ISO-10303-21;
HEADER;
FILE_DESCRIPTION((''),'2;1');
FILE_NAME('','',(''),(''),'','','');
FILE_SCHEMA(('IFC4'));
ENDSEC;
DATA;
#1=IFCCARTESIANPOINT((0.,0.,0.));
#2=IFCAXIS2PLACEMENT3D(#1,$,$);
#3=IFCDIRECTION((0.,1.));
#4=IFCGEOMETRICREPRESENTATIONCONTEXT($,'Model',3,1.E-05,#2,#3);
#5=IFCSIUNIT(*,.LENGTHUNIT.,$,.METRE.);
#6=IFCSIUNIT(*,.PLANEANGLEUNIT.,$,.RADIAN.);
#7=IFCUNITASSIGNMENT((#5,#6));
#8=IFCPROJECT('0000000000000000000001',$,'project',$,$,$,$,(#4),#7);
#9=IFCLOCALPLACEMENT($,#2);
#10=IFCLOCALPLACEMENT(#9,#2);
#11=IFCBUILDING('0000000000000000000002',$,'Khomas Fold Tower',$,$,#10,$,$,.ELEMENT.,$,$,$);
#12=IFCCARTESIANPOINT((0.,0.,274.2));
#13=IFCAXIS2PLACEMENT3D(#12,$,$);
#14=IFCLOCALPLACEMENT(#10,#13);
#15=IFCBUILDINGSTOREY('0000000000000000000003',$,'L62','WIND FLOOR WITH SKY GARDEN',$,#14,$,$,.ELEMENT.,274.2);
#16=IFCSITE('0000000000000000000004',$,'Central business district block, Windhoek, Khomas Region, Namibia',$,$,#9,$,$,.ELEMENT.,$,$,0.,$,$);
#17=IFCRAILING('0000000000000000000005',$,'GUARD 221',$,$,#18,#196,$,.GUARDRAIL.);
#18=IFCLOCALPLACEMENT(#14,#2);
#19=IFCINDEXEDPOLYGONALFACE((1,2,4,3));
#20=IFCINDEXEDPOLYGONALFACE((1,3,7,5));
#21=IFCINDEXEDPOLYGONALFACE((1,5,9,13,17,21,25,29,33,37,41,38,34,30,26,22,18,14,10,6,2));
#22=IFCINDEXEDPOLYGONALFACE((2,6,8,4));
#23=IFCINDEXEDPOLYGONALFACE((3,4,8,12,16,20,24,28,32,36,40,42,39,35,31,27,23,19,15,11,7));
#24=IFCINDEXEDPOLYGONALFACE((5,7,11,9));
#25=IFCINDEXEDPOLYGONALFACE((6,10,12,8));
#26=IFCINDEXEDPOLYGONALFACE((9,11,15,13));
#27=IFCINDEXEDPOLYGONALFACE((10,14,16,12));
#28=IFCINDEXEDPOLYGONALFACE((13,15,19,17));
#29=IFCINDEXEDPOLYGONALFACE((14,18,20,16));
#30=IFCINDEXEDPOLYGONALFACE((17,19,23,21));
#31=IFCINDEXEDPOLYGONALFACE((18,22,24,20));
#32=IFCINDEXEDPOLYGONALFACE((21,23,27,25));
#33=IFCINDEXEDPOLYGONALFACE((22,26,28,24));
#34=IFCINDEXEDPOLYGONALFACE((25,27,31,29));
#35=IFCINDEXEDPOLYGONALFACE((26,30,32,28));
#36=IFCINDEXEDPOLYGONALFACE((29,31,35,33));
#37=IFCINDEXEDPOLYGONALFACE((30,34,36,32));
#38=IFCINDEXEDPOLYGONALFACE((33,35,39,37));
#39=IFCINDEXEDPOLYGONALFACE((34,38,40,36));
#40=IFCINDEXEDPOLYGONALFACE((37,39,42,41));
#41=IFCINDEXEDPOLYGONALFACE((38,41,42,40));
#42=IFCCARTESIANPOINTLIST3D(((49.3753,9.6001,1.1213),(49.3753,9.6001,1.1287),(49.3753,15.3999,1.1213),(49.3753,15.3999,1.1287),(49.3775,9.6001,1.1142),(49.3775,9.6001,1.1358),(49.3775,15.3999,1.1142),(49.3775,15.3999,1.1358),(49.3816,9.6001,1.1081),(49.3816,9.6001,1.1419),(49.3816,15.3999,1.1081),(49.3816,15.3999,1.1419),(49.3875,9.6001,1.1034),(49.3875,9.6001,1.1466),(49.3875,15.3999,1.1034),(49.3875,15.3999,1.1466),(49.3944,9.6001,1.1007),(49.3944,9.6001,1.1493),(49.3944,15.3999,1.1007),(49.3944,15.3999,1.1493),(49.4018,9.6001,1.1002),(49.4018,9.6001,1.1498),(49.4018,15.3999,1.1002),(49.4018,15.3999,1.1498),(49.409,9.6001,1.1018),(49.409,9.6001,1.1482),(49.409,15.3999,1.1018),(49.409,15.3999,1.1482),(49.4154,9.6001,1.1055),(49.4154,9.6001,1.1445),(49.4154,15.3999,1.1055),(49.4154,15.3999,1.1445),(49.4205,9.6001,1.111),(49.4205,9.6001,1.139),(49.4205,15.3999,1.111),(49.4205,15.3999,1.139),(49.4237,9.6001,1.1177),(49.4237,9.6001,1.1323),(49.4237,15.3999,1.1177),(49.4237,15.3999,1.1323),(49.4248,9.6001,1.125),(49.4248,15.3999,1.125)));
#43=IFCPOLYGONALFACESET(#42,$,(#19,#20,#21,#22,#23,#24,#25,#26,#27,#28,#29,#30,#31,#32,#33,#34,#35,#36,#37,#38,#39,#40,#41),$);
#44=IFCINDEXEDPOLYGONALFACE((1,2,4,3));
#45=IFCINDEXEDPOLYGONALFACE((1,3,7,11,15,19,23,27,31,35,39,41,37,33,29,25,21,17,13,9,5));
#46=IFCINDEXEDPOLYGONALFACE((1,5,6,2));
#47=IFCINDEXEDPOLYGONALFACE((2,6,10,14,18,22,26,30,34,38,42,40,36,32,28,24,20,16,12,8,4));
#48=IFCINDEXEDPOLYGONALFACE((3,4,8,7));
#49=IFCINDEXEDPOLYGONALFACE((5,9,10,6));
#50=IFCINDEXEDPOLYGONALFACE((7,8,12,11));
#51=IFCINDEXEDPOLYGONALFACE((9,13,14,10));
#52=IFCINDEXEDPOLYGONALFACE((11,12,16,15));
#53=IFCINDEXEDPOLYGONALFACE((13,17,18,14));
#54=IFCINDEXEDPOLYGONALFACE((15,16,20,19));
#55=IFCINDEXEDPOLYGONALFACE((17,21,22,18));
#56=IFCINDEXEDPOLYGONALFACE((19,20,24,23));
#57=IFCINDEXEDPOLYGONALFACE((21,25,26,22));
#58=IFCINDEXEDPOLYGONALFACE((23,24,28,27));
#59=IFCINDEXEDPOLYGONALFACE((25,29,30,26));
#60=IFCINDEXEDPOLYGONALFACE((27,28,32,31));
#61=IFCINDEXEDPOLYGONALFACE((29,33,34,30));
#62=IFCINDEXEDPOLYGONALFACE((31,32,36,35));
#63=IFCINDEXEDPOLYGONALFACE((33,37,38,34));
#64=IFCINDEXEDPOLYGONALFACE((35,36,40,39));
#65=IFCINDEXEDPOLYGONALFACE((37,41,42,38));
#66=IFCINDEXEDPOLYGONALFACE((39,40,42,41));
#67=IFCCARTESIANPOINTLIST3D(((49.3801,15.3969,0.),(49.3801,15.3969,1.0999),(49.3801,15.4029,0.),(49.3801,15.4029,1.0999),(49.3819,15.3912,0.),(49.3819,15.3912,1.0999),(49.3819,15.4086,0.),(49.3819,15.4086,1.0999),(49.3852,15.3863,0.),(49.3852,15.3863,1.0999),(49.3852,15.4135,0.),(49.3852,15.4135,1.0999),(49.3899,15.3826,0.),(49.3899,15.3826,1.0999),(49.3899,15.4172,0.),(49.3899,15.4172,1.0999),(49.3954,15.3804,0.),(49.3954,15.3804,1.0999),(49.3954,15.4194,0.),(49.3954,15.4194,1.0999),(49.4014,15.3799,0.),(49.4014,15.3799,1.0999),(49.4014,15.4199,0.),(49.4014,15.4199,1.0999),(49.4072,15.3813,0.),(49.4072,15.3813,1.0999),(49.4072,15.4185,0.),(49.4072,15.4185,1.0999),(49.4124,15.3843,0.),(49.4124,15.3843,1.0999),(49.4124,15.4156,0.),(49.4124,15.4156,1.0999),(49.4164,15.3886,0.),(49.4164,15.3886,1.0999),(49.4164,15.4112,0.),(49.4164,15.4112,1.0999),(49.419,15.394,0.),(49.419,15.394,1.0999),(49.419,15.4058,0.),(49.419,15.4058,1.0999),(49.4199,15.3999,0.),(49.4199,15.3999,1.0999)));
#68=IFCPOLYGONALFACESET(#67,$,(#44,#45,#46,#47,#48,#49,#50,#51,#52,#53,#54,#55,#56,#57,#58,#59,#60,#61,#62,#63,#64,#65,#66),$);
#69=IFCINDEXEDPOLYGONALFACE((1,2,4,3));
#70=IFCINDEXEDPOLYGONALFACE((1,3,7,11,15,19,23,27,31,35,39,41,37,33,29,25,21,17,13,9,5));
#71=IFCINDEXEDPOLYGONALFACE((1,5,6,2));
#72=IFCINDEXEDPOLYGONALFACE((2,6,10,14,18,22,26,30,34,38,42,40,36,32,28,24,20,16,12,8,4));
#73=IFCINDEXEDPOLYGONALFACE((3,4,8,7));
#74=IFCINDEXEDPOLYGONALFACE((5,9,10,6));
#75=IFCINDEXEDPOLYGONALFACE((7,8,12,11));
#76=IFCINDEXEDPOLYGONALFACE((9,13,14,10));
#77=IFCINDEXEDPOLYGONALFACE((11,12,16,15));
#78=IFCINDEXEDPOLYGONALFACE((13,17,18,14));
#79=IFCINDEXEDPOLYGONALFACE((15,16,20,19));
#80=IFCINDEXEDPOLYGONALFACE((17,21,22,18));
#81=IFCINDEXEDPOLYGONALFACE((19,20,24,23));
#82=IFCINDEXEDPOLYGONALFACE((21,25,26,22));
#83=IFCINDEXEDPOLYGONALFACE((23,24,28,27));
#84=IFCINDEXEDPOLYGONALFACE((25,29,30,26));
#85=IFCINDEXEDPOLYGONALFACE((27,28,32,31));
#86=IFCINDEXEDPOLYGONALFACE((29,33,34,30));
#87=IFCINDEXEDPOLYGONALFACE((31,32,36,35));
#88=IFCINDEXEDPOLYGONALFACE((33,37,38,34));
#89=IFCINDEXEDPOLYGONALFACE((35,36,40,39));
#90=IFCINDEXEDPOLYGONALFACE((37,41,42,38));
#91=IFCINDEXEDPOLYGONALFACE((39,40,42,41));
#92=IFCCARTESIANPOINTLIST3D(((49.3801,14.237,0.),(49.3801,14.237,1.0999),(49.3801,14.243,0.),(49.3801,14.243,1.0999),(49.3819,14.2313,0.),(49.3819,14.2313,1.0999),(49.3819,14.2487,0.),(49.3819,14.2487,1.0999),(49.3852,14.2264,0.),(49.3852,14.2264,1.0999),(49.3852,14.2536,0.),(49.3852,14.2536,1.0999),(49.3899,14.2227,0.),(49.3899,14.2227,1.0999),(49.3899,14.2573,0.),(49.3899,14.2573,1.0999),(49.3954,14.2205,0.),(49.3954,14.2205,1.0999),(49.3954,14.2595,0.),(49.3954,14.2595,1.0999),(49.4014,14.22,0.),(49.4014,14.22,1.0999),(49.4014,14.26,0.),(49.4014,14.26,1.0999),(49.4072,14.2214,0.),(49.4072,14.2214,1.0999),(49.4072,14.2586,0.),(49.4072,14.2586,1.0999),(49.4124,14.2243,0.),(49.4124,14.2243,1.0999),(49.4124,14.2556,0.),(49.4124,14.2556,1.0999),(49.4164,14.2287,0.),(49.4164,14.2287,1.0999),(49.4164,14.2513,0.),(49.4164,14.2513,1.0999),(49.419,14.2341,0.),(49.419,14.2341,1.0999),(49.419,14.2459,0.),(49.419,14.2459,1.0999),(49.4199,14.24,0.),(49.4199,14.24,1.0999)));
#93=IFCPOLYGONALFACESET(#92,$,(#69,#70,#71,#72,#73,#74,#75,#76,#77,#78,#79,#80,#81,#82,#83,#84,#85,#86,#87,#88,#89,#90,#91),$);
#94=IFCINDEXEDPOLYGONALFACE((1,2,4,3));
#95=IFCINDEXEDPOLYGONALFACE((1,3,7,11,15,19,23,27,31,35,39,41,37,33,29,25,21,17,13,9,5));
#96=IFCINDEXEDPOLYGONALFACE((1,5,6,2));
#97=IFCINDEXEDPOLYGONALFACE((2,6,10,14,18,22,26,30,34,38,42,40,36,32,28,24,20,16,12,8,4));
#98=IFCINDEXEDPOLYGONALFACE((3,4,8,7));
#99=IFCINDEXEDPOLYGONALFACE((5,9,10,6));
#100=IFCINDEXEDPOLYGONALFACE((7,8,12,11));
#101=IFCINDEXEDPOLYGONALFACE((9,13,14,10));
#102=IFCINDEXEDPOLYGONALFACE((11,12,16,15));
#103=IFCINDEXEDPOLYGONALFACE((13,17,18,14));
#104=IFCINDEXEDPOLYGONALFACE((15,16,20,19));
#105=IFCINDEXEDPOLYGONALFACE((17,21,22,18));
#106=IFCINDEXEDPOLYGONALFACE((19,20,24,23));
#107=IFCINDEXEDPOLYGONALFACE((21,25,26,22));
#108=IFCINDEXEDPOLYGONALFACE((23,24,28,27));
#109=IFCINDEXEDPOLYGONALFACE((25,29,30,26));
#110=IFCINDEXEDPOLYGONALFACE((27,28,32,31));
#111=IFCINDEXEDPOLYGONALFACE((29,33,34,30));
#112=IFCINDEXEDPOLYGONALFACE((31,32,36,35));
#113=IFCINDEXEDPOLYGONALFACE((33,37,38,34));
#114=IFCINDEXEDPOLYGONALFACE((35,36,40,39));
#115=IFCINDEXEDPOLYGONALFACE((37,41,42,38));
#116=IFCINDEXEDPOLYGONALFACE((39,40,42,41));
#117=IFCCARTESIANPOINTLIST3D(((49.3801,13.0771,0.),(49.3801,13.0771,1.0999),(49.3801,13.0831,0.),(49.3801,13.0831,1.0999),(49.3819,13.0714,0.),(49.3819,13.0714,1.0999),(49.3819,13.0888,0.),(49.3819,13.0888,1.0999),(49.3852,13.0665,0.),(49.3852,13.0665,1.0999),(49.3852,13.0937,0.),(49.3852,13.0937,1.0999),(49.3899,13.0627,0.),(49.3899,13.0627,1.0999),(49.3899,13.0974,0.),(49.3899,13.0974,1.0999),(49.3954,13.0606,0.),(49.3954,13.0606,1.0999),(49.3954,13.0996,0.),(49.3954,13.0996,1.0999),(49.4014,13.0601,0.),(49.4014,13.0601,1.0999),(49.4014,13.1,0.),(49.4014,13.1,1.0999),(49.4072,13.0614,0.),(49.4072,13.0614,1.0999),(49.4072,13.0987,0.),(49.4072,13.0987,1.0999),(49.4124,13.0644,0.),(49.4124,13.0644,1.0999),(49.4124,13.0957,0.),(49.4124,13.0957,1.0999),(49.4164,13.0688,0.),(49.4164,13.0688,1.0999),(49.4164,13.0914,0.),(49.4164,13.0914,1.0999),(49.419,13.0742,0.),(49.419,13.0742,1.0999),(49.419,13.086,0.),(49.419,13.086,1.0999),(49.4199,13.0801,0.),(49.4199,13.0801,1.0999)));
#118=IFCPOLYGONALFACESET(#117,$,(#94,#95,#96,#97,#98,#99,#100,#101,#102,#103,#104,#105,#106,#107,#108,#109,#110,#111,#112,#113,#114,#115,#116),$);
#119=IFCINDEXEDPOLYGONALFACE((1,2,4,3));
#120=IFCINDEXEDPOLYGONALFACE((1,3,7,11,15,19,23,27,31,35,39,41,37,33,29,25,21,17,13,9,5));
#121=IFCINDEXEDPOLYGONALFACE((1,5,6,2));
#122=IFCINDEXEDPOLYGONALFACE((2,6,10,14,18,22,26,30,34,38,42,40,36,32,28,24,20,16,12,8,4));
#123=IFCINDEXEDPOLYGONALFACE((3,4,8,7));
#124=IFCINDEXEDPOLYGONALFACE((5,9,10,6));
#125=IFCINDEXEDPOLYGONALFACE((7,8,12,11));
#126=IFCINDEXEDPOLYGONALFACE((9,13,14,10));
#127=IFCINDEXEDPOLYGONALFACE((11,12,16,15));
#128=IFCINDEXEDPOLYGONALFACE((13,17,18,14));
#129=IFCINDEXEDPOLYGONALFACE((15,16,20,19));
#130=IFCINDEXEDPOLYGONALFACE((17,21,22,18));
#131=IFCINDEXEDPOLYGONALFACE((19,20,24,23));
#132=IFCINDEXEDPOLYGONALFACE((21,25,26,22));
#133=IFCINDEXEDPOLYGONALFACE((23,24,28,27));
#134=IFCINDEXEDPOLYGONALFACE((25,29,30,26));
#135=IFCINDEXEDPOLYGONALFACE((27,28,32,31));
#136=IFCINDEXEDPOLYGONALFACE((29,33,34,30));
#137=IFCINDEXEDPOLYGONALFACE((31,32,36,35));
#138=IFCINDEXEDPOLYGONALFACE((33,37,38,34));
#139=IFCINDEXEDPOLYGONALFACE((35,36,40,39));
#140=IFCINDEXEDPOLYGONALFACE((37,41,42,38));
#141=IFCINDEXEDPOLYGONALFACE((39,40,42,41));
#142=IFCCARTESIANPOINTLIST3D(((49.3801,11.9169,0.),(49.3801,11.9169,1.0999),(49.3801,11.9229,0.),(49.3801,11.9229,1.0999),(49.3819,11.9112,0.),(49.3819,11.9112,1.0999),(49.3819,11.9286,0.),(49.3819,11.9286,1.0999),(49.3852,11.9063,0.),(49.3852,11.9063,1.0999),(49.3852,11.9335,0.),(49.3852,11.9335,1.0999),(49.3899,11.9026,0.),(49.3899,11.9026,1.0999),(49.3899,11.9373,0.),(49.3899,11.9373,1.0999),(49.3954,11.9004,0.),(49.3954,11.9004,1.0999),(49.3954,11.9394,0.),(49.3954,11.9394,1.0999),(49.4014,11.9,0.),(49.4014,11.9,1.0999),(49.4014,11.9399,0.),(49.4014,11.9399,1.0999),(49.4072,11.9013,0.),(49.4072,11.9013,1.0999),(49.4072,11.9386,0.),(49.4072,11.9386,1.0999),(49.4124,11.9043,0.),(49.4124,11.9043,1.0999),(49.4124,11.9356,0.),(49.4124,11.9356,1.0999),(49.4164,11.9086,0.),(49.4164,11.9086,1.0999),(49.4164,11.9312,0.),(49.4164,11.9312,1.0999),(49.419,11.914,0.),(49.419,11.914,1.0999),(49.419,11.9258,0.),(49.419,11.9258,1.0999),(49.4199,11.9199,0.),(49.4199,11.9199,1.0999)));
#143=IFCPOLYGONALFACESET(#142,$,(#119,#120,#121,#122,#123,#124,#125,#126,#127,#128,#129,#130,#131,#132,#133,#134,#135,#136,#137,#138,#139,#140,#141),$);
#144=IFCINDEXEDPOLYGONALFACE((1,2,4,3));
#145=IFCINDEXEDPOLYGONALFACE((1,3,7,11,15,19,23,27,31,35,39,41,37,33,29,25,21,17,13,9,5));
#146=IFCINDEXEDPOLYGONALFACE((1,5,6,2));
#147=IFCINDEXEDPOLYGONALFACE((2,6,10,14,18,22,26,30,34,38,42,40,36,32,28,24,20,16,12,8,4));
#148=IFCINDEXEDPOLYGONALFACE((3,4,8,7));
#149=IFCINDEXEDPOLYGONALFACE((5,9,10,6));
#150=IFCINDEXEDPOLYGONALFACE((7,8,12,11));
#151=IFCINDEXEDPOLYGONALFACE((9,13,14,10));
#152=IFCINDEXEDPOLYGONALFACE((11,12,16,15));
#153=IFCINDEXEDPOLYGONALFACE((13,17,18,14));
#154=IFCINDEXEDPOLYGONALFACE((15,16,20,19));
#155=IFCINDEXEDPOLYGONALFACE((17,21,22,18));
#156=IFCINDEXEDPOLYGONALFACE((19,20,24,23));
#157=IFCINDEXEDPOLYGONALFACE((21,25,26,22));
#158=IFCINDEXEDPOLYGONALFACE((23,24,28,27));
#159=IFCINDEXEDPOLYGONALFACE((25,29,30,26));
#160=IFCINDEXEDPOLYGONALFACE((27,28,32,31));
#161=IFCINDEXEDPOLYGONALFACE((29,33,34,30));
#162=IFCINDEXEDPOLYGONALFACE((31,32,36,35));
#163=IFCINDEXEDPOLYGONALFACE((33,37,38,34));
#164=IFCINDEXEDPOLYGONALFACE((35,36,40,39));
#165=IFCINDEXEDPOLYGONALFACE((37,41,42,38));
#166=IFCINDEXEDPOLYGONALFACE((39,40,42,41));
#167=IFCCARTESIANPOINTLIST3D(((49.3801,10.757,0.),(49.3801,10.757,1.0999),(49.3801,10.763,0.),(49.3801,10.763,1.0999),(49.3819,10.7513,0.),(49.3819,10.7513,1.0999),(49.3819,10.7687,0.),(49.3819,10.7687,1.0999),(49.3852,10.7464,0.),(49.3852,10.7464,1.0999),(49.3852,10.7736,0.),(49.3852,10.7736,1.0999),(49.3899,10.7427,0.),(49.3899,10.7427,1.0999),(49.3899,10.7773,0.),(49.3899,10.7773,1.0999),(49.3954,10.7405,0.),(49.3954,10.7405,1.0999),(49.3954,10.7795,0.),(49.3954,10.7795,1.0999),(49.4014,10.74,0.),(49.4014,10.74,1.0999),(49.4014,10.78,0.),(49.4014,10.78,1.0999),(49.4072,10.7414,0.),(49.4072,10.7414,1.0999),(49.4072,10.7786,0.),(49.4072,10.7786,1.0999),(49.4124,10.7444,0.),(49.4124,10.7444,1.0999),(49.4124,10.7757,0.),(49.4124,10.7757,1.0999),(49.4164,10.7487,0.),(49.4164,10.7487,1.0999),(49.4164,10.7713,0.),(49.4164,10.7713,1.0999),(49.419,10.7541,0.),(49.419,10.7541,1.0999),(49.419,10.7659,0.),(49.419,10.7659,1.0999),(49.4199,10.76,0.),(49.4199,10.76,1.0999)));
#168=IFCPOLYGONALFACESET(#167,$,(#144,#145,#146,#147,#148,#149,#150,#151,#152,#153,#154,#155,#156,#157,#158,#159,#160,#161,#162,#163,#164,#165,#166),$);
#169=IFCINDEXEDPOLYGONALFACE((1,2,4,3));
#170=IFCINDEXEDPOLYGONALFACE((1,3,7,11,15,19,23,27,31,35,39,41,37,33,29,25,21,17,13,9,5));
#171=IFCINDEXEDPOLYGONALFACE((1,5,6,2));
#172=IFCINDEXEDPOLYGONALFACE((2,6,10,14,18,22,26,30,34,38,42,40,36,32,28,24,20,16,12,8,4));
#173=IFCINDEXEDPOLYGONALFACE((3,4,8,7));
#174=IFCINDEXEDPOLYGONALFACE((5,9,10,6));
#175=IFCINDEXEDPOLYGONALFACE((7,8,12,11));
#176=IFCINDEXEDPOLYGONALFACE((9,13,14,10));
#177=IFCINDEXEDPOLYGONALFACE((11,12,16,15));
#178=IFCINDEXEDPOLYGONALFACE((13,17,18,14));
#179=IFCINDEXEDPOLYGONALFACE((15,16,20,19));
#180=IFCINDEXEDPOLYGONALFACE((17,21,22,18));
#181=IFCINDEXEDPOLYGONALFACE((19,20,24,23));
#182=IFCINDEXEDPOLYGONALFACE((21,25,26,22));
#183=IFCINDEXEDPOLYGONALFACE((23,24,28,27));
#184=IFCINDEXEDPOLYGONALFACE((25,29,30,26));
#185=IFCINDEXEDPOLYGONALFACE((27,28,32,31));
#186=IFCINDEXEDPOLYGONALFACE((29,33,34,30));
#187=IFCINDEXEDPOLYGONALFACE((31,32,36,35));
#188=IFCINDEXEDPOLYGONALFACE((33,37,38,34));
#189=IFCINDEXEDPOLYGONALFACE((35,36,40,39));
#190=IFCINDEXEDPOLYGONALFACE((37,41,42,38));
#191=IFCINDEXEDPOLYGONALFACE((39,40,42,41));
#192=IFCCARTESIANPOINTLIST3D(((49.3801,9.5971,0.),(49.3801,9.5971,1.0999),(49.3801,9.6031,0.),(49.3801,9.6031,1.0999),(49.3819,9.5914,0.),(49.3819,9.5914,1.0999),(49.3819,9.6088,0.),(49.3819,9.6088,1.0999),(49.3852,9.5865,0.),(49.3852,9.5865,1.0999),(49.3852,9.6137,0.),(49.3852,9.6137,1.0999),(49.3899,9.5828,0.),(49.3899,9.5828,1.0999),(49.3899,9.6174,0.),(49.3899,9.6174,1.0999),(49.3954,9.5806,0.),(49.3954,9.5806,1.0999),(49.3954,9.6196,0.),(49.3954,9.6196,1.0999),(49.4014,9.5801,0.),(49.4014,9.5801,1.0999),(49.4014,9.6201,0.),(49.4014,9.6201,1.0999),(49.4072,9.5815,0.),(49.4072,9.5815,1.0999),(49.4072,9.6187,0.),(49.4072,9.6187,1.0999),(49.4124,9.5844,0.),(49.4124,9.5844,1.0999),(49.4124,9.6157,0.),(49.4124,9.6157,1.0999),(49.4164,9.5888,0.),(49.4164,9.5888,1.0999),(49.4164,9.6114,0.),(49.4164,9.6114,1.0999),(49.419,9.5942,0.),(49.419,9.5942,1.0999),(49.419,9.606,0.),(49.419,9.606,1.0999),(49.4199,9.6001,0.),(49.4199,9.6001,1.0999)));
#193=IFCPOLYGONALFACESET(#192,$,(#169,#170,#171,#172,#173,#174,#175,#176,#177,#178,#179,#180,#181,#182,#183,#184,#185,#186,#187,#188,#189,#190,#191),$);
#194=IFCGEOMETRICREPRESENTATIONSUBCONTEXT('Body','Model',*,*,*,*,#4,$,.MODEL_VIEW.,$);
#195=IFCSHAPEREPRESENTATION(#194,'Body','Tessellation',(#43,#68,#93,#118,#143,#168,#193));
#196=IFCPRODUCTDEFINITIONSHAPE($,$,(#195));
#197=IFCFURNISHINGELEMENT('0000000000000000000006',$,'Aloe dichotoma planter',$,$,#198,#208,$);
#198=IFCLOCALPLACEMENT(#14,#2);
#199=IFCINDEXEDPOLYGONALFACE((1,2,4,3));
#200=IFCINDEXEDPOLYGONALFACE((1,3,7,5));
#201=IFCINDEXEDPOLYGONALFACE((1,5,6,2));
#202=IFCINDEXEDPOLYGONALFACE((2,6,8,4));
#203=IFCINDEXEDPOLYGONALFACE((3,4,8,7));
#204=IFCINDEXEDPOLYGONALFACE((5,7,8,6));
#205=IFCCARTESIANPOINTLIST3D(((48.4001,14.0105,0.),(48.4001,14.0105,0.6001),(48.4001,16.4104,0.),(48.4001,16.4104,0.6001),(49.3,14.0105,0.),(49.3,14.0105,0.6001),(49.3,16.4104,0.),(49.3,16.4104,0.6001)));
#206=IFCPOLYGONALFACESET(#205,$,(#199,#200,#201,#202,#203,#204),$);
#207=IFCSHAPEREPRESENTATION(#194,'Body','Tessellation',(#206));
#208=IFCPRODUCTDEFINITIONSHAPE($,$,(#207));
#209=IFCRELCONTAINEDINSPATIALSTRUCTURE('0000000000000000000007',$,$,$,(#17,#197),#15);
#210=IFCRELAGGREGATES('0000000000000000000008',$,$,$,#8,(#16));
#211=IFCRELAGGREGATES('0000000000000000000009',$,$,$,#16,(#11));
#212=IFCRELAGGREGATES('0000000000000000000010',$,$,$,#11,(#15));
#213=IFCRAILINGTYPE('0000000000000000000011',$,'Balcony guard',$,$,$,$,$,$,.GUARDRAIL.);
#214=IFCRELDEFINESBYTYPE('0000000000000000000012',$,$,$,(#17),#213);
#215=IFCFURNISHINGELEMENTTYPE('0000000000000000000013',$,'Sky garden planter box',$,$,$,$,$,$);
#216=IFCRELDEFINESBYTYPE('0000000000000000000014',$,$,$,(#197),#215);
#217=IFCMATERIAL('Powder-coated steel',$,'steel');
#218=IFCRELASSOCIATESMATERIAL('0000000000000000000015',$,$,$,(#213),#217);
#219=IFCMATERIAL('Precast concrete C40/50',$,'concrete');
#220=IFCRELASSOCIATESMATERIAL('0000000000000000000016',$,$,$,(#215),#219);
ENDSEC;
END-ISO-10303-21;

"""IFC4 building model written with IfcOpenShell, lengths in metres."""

from ifc_helpers import new_model, si_unit, direction, frame, origin, origin_2d, place, context, subcontext, project, spatial, rectangle, circle, extrude, source, transform, mapped, material, type_object, element, save


model = new_model("IFC4")

# Units and contexts
model_context = context("Model", 3, precision=1e-05, world=origin(), true_north=direction((0.0, 1.0)))
body_context = subcontext(model_context, "Body", "Model", "MODEL_VIEW")
ifc_project = project(units=[si_unit("LENGTHUNIT", "METRE"), si_unit("PLANEANGLEUNIT", "RADIAN")], contexts=[model_context])

# Site, building, storey
site_placement = place(None, origin())
site = spatial("IfcSite", under=ifc_project, at=site_placement, Name="Central business district block, Windhoek, Khomas Region, Namibia", CompositionType="ELEMENT", RefElevation=0.0)
building_placement = place(site_placement, origin())
building = spatial("IfcBuilding", under=site, at=building_placement, Name="Khomas Fold Tower", CompositionType="ELEMENT")
storey_placement = place(building_placement, frame((0.0, 0.0, 274.2)))
storey = spatial("IfcBuildingStorey", under=building, at=storey_placement, Name="L62", Description="WIND FLOOR WITH SKY GARDEN", CompositionType="ELEMENT", Elevation=274.2)

# Railing
ifc_material_1 = material(Name="Powder-coated steel", Category="steel")
railing_type = type_object("IfcRailingType", Name="Balcony guard", PredefinedType="GUARDRAIL", material=ifc_material_1)
shared_shape_1 = source(origin(), body_context, "Body", "SweptSolid", [
    extrude(circle(Radius=0.0249, at=origin_2d()), frame((0.0, 0.0, 1.125), z_axis=(0.0, -1.0, 0.0), x_axis=(1.0, 0.0, 0.0)), (0.0, 0.0, 1.0), 5.7998),
    extrude(circle(Radius=0.02, at=origin_2d()), origin(), (0.0, 0.0, 1.0), 1.0999),
    extrude(circle(Radius=0.02, at=origin_2d()), frame((0.0, -1.1599, 0.0)), (0.0, 0.0, 1.0), 1.0999),
    extrude(circle(Radius=0.02, at=origin_2d()), frame((0.0, -2.3198, 0.0)), (0.0, 0.0, 1.0), 1.0999),
    extrude(circle(Radius=0.02, at=origin_2d()), frame((0.0, -3.48, 0.0)), (0.0, 0.0, 1.0), 1.0999),
    extrude(circle(Radius=0.02, at=origin_2d()), frame((0.0, -4.6399, 0.0)), (0.0, 0.0, 1.0), 1.0999),
    extrude(circle(Radius=0.02, at=origin_2d()), frame((0.0, -5.7998, 0.0)), (0.0, 0.0, 1.0), 1.0999),
])
railing_placement = place(storey_placement, frame((49.3999, 15.3999, 0.0)))
element("IfcRailing", 1, at=railing_placement, inside=storey, type_object=railing_type, Name="GUARD 221", PredefinedType="GUARDRAIL", context=body_context, shape_type="MappedRepresentation", body=[
    mapped(shared_shape_1, transform((0.0, 0.0, 0.0))),
])

# Furnishing element
ifc_material_2 = material(Name="Precast concrete C40/50", Category="concrete")
furnishing_element_type_1 = type_object("IfcFurnishingElementType", Name="Sky garden planter box", material=ifc_material_2)
shared_shape_2 = source(origin(), body_context, "Body", "SweptSolid", [
    extrude(rectangle(XDim=2.3999, YDim=0.8999, at=origin_2d()), origin(), (0.0, 0.0, 1.0), 0.6001),
])
furnishing_1_placement = place(storey_placement, frame((48.8501, 15.2104, 0.0), z_axis=(0.0, 0.0, 1.0), x_axis=(0.0, -1.0, 0.0)))
element("IfcFurnishingElement", 2, at=furnishing_1_placement, inside=storey, type_object=furnishing_element_type_1, Name="Aloe dichotoma planter", context=body_context, shape_type="MappedRepresentation", body=[
    mapped(shared_shape_2, transform((0.0, 0.0, 0.0))),
])

save(model, "model.ifc")
